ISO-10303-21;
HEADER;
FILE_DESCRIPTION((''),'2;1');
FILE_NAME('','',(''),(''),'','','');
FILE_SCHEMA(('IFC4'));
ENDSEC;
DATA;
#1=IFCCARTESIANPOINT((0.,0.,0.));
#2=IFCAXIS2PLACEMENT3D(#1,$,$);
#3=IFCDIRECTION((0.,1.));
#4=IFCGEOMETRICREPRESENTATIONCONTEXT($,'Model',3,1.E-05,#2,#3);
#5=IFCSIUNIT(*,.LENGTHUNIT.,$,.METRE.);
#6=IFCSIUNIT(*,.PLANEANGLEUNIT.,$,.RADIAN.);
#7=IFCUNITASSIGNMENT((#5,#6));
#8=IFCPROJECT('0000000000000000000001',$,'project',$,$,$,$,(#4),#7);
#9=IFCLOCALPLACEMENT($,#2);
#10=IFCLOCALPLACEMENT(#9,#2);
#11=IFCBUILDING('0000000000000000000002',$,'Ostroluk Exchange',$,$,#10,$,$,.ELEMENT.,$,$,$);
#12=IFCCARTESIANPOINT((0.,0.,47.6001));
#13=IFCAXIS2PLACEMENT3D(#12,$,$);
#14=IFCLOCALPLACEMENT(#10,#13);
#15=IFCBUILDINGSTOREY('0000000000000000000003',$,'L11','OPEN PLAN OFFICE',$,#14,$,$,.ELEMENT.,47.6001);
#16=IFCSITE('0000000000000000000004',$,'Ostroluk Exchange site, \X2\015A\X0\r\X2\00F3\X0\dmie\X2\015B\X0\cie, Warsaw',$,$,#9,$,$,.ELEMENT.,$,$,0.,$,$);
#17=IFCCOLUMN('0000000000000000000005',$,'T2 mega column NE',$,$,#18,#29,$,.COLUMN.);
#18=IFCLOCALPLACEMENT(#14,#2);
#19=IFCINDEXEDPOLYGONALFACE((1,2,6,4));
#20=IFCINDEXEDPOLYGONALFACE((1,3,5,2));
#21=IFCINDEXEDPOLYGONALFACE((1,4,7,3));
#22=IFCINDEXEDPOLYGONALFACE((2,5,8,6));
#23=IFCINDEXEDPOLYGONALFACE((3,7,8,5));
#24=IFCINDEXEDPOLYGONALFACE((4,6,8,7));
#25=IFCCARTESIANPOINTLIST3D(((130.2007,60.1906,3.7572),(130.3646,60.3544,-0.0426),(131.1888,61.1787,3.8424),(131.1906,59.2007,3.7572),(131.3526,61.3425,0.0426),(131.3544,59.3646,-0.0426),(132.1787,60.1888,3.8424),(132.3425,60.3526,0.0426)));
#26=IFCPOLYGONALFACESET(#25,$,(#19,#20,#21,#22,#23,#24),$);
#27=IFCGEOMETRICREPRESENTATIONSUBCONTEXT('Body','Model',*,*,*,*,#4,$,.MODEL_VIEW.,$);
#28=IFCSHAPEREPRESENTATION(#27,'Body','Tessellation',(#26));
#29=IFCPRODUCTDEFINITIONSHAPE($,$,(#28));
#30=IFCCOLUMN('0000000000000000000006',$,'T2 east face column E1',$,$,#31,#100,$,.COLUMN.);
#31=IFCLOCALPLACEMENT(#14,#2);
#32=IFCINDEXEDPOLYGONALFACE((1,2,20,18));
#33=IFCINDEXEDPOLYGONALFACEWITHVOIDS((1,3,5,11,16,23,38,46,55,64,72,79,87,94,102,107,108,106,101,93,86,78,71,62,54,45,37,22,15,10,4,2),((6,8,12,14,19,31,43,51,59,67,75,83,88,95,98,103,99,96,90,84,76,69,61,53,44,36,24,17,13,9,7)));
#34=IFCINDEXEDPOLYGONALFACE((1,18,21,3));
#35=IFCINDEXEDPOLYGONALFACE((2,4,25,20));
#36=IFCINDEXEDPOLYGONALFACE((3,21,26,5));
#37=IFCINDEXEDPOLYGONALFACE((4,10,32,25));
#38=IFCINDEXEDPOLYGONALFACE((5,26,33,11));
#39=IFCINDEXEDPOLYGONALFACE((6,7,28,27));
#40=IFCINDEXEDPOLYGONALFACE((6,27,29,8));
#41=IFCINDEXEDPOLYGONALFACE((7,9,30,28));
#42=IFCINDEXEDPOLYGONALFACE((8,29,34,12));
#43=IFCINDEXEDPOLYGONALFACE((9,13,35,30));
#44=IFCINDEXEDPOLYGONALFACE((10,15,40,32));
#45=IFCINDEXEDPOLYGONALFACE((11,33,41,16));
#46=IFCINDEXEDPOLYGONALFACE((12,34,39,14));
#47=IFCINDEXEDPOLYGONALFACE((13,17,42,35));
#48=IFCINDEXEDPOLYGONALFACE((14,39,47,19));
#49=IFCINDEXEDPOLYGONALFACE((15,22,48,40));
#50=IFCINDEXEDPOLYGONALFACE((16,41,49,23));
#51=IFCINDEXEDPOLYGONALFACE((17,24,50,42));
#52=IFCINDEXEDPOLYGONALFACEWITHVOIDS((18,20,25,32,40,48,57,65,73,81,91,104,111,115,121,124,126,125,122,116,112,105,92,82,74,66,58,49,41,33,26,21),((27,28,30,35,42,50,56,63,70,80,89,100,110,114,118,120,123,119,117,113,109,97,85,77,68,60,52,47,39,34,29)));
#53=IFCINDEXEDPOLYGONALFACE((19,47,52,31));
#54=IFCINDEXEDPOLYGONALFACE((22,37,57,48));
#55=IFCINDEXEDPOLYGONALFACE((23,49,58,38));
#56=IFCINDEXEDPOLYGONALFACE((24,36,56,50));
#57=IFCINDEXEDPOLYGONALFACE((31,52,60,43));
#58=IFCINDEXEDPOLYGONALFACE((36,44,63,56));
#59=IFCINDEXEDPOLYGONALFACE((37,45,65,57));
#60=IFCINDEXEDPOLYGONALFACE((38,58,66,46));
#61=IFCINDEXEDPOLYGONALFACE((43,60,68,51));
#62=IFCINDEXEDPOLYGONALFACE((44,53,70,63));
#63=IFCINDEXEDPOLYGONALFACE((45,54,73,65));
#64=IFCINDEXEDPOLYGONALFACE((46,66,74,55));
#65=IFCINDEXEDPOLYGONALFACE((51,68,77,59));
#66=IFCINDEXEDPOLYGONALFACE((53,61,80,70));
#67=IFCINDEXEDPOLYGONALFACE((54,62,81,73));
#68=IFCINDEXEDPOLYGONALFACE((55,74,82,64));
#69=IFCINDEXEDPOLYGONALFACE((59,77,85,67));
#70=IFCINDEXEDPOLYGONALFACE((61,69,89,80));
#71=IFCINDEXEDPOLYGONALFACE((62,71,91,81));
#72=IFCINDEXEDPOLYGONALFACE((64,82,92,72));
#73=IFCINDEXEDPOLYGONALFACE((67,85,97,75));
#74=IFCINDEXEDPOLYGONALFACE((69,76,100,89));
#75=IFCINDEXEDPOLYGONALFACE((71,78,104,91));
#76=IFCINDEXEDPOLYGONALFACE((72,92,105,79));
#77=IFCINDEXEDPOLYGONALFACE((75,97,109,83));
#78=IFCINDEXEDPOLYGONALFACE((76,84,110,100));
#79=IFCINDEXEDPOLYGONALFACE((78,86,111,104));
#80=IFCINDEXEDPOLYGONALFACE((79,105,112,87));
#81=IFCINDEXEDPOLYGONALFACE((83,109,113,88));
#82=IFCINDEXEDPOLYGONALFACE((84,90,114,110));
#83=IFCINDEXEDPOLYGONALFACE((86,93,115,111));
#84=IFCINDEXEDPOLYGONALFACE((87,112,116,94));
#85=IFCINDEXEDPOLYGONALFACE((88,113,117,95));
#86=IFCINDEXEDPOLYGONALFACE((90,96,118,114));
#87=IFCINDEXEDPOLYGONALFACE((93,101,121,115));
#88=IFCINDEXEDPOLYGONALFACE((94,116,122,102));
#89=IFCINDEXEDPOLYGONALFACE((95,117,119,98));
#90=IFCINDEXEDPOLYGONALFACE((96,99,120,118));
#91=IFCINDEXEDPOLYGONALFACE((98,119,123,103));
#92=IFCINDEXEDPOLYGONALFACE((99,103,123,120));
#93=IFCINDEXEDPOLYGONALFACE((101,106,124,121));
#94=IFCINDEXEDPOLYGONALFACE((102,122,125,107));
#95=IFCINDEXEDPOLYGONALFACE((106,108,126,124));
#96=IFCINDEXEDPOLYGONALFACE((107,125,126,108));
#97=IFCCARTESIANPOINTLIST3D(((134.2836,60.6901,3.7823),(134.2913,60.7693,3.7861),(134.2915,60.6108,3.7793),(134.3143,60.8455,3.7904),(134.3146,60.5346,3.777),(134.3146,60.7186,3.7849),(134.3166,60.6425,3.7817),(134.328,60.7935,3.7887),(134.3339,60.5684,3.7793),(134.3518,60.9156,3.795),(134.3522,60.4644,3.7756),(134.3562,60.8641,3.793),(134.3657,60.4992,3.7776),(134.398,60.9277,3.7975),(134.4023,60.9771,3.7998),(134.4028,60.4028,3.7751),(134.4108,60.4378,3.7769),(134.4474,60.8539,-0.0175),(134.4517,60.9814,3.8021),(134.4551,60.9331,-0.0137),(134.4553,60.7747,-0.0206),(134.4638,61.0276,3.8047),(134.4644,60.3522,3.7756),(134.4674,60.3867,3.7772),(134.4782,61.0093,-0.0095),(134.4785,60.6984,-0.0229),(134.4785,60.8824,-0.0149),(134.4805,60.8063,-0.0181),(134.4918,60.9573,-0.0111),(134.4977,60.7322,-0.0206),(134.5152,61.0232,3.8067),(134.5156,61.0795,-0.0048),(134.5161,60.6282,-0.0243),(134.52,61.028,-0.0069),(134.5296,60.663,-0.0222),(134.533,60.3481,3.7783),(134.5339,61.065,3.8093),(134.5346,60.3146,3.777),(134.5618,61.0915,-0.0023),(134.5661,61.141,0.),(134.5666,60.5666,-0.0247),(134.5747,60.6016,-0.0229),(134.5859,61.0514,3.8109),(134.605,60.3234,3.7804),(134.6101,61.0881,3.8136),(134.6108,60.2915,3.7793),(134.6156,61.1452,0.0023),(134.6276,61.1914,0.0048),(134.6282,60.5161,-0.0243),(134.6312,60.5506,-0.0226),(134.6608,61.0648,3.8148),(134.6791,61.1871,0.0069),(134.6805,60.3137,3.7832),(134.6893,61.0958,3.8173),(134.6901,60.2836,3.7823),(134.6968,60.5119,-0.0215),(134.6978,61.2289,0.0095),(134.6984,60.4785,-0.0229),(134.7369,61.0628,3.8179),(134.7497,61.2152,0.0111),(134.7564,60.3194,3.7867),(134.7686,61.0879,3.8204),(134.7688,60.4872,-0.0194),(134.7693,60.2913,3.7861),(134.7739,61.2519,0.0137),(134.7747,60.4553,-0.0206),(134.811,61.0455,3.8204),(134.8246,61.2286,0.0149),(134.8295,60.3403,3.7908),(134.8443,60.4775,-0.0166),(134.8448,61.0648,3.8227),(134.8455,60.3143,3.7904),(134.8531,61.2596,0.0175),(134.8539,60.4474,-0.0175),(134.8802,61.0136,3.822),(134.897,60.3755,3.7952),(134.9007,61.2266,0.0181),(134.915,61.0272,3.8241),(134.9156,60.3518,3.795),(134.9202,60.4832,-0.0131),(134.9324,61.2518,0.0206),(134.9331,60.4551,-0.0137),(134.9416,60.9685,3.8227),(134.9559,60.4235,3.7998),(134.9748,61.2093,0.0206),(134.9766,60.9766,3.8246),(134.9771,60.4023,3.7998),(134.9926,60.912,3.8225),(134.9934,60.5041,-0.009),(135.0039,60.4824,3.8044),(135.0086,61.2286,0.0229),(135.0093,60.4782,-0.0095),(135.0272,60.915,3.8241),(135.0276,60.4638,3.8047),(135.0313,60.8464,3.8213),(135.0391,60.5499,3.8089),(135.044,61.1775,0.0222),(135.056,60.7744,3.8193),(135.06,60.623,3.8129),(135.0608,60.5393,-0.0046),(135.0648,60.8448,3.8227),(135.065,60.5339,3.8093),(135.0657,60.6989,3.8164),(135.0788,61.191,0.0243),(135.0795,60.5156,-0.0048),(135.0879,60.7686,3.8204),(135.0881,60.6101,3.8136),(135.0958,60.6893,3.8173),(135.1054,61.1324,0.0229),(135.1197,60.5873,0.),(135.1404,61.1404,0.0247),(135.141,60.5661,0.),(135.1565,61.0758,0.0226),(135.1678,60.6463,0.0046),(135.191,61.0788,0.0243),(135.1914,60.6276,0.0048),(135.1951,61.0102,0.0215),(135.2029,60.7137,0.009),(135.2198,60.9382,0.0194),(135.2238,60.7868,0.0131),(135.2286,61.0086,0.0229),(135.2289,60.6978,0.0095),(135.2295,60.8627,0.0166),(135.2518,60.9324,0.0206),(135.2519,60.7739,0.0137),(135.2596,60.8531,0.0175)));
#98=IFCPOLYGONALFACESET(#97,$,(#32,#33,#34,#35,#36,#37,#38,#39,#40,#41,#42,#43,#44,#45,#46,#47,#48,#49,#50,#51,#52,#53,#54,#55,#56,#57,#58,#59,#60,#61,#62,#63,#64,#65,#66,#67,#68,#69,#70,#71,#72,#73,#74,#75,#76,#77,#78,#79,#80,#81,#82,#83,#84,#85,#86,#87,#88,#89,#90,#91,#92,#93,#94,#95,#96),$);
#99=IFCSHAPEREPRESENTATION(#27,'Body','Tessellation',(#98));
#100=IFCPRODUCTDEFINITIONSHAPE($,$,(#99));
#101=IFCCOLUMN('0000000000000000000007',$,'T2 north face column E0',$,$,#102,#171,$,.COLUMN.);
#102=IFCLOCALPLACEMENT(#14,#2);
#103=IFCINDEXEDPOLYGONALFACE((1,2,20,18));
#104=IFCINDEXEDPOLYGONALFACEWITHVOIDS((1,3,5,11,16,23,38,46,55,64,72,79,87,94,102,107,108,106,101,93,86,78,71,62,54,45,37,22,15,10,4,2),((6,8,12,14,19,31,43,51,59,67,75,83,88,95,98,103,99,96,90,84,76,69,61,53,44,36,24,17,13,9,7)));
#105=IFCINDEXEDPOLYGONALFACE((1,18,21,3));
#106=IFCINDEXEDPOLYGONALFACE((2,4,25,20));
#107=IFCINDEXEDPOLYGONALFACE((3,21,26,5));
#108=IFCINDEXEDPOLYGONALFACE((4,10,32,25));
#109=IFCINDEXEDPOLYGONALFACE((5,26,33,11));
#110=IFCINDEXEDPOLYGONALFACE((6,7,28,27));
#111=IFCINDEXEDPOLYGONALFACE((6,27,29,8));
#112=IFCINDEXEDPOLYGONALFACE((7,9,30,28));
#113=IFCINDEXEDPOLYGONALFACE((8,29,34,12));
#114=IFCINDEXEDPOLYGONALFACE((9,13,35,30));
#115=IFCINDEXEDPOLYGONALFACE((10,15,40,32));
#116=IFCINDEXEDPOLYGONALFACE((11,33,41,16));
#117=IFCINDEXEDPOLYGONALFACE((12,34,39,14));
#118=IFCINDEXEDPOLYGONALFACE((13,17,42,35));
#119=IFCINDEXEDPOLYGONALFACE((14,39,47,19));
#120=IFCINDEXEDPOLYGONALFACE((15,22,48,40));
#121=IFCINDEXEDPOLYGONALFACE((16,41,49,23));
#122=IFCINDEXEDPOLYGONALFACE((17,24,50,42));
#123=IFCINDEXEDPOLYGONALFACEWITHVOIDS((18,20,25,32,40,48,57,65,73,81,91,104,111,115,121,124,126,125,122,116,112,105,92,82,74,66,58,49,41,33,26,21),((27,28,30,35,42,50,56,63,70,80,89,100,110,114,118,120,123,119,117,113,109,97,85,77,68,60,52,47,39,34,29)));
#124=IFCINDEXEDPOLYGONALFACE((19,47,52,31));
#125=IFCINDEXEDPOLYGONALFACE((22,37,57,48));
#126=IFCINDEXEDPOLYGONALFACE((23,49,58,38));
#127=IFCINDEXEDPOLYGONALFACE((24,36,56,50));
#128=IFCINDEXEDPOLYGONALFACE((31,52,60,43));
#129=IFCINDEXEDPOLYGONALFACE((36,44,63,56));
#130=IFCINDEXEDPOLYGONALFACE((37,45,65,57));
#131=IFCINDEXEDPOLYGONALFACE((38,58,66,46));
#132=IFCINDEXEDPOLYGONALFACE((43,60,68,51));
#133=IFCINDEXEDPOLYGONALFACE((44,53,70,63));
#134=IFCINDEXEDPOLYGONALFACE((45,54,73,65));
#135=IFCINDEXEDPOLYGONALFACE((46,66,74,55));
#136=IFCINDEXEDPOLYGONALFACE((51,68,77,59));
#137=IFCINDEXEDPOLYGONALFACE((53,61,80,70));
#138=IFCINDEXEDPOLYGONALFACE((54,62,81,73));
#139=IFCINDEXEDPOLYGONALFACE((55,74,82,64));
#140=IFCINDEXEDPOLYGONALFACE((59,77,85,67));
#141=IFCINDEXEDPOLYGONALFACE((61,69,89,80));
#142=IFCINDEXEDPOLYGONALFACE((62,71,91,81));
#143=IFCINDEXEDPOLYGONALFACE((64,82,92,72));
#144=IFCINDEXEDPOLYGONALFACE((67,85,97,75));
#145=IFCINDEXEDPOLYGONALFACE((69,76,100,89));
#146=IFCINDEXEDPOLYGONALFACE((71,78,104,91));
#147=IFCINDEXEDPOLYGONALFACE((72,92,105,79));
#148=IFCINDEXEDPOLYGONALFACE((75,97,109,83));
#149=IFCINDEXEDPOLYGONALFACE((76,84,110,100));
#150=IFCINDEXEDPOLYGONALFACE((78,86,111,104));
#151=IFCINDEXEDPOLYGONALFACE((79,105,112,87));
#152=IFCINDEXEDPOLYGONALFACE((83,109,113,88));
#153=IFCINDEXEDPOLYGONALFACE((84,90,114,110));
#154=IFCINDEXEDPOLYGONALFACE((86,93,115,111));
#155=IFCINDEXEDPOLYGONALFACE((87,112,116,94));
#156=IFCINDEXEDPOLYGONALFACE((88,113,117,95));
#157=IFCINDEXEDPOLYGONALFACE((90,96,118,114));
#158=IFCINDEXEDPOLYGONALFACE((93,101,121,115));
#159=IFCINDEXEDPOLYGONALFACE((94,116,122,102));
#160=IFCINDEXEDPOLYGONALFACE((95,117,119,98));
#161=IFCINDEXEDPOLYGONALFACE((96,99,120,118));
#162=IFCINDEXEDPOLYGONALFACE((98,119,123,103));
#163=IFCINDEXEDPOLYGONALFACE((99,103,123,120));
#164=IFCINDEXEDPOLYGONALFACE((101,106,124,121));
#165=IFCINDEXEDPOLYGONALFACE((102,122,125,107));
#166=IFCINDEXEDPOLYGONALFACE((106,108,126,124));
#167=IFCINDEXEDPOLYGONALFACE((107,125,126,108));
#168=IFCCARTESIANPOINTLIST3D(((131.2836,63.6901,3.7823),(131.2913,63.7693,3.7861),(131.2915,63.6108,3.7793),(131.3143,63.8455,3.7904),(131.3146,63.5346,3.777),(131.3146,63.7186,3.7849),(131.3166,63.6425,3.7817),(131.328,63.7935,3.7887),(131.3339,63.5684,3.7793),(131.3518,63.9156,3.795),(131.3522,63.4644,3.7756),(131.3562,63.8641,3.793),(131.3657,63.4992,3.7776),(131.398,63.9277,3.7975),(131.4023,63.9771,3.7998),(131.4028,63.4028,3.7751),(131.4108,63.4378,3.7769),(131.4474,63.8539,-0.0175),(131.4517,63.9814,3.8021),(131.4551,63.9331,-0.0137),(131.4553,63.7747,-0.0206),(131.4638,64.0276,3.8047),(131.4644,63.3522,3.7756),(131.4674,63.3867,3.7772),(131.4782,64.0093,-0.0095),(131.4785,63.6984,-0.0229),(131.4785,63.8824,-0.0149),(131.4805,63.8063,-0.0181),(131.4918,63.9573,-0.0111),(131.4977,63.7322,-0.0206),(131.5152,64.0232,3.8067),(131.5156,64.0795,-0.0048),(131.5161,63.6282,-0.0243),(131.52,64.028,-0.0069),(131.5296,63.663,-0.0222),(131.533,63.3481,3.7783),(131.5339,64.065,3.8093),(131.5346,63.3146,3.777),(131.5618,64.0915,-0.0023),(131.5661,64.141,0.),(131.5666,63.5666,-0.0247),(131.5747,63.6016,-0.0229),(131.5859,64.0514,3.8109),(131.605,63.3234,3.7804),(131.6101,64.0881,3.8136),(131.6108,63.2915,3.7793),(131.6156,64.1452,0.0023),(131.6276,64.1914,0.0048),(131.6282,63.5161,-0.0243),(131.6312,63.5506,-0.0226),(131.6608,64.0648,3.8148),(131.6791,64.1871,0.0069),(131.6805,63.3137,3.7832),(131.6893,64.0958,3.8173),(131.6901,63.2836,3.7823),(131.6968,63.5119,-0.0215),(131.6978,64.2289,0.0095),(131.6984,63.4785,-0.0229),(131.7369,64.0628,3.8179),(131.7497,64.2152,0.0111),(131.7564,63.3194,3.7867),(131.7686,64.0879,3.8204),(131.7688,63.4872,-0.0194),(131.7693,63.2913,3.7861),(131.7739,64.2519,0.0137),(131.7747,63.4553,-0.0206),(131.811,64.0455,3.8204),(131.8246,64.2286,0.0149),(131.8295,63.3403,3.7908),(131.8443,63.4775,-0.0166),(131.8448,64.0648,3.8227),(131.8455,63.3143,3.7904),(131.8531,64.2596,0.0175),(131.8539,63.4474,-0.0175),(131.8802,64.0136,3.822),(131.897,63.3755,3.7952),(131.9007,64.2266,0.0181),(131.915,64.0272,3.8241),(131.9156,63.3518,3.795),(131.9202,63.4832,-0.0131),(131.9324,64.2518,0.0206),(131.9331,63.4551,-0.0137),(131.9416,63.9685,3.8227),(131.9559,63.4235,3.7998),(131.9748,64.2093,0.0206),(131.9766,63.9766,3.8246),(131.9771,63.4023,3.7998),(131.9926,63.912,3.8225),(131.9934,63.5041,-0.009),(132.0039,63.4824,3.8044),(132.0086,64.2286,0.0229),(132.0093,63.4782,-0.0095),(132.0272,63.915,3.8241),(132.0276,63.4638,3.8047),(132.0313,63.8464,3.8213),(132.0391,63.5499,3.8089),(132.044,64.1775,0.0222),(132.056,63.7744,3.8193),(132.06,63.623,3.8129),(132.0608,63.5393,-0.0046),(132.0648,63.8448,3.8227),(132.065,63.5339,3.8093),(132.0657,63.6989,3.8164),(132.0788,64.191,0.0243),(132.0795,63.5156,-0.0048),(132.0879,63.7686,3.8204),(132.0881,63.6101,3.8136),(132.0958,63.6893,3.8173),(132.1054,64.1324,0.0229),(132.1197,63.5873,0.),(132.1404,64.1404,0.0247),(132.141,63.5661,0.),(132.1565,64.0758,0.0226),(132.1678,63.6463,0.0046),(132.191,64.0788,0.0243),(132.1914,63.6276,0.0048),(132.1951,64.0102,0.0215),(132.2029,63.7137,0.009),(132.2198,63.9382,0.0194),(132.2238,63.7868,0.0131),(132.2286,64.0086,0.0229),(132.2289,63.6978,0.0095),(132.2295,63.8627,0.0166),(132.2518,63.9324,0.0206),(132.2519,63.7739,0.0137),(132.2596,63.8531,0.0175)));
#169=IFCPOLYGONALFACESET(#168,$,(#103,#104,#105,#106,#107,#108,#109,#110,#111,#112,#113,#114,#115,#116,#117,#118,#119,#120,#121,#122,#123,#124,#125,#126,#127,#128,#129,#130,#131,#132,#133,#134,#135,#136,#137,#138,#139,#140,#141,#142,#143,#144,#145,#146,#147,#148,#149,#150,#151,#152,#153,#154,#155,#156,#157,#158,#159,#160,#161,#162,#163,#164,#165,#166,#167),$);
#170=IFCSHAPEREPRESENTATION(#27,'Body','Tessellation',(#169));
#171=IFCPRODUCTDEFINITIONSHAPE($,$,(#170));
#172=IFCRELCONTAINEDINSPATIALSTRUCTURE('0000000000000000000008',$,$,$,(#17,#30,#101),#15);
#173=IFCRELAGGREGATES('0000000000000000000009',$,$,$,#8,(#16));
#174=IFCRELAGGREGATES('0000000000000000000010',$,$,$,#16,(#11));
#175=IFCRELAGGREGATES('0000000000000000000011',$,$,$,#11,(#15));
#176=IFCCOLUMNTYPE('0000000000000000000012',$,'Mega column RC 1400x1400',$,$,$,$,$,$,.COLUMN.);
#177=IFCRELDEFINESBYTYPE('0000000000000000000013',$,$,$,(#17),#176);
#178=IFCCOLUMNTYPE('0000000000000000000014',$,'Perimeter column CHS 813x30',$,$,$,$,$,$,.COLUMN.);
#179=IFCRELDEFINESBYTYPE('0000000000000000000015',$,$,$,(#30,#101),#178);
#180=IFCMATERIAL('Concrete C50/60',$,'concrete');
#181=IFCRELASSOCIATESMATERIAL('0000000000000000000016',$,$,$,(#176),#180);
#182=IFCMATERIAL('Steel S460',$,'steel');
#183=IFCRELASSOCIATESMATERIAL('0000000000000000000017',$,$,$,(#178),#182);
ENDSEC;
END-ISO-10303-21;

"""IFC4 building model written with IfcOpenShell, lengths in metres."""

from ifc_helpers import new_model, si_unit, direction, frame, origin, origin_2d, place, context, subcontext, project, spatial, rectangle, hollow_circle, extrude, material, material_profile, profile_set, type_object, element, save


model = new_model("IFC4")

# Units and contexts
model_context = context("Model", 3, precision=1e-05, world=origin(), true_north=direction((0.0, 1.0)))
body_context = subcontext(model_context, "Body", "Model", "MODEL_VIEW")
ifc_project = project(units=[si_unit("LENGTHUNIT", "METRE"), si_unit("PLANEANGLEUNIT", "RADIAN")], contexts=[model_context])

# Site, building, storey
site_placement = place(None, origin())
site = spatial("IfcSite", under=ifc_project, at=site_placement, Name="Ostroluk Exchange site, Śródmieście, Warsaw", CompositionType="ELEMENT", RefElevation=0.0)
building_placement = place(site_placement, origin())
building = spatial("IfcBuilding", under=site, at=building_placement, Name="Ostroluk Exchange", CompositionType="ELEMENT")
storey_placement = place(building_placement, frame((0.0, 0.0, 47.6001)))
storey = spatial("IfcBuildingStorey", under=building, at=storey_placement, Name="L11", Description="OPEN PLAN OFFICE", CompositionType="ELEMENT", Elevation=47.6001)

# Columns
ifc_material_1 = material(Name="Concrete C50/60", Category="concrete")
ifc_material_profile_1 = material_profile(ifc_material_1, rectangle(XDim=1.3999, YDim=1.3999, at=origin_2d()), Name="RC 1400x1400")
ifc_profile_set_1 = profile_set([ifc_material_profile_1], Name="Concrete C50/60")
column_type_1 = type_object("IfcColumnType", Name="Mega column RC 1400x1400", PredefinedType="COLUMN", material=ifc_profile_set_1)
column_placement = place(storey_placement, frame((131.3535, 60.3535, 0.0), z_axis=(-0.043032, -0.043032, 0.998146), x_axis=(0.707107, -0.707107, 0.0)))
element("IfcColumn", 1, at=column_placement, inside=storey, type_object=column_type_1, Name="T2 mega column NE", PredefinedType="COLUMN", context=body_context, shape_type="SweptSolid", body=[
    extrude(rectangle(XDim=1.3999, YDim=1.3999, at=origin_2d()), origin(), (0.0, 0.0, 1.0), 3.8069),
])
ifc_material_2 = material(Name="Steel S460", Category="steel")
ifc_material_profile_2 = material_profile(ifc_material_2, hollow_circle(Radius=0.4065, WallThickness=0.03, at=origin_2d()), Name="CHS 813x30")
ifc_profile_set_2 = profile_set([ifc_material_profile_2], Name="Steel S460")
column_type_2 = type_object("IfcColumnType", Name="Perimeter column CHS 813x30", PredefinedType="COLUMN", material=ifc_profile_set_2)
for number, where, z_axis, x_axis, name in (
    (2, (134.8535, 60.8535, 0.0), (-0.043032, -0.043032, 0.998146), (0.707107, -0.707107, 0.0), "T2 east face column E1"),
    (3, (131.8535, 63.8535, 0.0), (-0.043032, -0.043032, 0.998146), (0.707107, -0.707107, 0.0), "T2 north face column E0"),
):
    element("IfcColumn", number, at=place(storey_placement, frame(where, z_axis=z_axis, x_axis=x_axis)), inside=storey, type_object=column_type_2, Name=name, PredefinedType="COLUMN", context=body_context, shape_type="SweptSolid", body=[
        extrude(hollow_circle(Radius=0.4065, WallThickness=0.03, at=origin_2d()), origin(), (0.0, 0.0, 1.0), 3.8069),
    ])

save(model, "model.ifc")
